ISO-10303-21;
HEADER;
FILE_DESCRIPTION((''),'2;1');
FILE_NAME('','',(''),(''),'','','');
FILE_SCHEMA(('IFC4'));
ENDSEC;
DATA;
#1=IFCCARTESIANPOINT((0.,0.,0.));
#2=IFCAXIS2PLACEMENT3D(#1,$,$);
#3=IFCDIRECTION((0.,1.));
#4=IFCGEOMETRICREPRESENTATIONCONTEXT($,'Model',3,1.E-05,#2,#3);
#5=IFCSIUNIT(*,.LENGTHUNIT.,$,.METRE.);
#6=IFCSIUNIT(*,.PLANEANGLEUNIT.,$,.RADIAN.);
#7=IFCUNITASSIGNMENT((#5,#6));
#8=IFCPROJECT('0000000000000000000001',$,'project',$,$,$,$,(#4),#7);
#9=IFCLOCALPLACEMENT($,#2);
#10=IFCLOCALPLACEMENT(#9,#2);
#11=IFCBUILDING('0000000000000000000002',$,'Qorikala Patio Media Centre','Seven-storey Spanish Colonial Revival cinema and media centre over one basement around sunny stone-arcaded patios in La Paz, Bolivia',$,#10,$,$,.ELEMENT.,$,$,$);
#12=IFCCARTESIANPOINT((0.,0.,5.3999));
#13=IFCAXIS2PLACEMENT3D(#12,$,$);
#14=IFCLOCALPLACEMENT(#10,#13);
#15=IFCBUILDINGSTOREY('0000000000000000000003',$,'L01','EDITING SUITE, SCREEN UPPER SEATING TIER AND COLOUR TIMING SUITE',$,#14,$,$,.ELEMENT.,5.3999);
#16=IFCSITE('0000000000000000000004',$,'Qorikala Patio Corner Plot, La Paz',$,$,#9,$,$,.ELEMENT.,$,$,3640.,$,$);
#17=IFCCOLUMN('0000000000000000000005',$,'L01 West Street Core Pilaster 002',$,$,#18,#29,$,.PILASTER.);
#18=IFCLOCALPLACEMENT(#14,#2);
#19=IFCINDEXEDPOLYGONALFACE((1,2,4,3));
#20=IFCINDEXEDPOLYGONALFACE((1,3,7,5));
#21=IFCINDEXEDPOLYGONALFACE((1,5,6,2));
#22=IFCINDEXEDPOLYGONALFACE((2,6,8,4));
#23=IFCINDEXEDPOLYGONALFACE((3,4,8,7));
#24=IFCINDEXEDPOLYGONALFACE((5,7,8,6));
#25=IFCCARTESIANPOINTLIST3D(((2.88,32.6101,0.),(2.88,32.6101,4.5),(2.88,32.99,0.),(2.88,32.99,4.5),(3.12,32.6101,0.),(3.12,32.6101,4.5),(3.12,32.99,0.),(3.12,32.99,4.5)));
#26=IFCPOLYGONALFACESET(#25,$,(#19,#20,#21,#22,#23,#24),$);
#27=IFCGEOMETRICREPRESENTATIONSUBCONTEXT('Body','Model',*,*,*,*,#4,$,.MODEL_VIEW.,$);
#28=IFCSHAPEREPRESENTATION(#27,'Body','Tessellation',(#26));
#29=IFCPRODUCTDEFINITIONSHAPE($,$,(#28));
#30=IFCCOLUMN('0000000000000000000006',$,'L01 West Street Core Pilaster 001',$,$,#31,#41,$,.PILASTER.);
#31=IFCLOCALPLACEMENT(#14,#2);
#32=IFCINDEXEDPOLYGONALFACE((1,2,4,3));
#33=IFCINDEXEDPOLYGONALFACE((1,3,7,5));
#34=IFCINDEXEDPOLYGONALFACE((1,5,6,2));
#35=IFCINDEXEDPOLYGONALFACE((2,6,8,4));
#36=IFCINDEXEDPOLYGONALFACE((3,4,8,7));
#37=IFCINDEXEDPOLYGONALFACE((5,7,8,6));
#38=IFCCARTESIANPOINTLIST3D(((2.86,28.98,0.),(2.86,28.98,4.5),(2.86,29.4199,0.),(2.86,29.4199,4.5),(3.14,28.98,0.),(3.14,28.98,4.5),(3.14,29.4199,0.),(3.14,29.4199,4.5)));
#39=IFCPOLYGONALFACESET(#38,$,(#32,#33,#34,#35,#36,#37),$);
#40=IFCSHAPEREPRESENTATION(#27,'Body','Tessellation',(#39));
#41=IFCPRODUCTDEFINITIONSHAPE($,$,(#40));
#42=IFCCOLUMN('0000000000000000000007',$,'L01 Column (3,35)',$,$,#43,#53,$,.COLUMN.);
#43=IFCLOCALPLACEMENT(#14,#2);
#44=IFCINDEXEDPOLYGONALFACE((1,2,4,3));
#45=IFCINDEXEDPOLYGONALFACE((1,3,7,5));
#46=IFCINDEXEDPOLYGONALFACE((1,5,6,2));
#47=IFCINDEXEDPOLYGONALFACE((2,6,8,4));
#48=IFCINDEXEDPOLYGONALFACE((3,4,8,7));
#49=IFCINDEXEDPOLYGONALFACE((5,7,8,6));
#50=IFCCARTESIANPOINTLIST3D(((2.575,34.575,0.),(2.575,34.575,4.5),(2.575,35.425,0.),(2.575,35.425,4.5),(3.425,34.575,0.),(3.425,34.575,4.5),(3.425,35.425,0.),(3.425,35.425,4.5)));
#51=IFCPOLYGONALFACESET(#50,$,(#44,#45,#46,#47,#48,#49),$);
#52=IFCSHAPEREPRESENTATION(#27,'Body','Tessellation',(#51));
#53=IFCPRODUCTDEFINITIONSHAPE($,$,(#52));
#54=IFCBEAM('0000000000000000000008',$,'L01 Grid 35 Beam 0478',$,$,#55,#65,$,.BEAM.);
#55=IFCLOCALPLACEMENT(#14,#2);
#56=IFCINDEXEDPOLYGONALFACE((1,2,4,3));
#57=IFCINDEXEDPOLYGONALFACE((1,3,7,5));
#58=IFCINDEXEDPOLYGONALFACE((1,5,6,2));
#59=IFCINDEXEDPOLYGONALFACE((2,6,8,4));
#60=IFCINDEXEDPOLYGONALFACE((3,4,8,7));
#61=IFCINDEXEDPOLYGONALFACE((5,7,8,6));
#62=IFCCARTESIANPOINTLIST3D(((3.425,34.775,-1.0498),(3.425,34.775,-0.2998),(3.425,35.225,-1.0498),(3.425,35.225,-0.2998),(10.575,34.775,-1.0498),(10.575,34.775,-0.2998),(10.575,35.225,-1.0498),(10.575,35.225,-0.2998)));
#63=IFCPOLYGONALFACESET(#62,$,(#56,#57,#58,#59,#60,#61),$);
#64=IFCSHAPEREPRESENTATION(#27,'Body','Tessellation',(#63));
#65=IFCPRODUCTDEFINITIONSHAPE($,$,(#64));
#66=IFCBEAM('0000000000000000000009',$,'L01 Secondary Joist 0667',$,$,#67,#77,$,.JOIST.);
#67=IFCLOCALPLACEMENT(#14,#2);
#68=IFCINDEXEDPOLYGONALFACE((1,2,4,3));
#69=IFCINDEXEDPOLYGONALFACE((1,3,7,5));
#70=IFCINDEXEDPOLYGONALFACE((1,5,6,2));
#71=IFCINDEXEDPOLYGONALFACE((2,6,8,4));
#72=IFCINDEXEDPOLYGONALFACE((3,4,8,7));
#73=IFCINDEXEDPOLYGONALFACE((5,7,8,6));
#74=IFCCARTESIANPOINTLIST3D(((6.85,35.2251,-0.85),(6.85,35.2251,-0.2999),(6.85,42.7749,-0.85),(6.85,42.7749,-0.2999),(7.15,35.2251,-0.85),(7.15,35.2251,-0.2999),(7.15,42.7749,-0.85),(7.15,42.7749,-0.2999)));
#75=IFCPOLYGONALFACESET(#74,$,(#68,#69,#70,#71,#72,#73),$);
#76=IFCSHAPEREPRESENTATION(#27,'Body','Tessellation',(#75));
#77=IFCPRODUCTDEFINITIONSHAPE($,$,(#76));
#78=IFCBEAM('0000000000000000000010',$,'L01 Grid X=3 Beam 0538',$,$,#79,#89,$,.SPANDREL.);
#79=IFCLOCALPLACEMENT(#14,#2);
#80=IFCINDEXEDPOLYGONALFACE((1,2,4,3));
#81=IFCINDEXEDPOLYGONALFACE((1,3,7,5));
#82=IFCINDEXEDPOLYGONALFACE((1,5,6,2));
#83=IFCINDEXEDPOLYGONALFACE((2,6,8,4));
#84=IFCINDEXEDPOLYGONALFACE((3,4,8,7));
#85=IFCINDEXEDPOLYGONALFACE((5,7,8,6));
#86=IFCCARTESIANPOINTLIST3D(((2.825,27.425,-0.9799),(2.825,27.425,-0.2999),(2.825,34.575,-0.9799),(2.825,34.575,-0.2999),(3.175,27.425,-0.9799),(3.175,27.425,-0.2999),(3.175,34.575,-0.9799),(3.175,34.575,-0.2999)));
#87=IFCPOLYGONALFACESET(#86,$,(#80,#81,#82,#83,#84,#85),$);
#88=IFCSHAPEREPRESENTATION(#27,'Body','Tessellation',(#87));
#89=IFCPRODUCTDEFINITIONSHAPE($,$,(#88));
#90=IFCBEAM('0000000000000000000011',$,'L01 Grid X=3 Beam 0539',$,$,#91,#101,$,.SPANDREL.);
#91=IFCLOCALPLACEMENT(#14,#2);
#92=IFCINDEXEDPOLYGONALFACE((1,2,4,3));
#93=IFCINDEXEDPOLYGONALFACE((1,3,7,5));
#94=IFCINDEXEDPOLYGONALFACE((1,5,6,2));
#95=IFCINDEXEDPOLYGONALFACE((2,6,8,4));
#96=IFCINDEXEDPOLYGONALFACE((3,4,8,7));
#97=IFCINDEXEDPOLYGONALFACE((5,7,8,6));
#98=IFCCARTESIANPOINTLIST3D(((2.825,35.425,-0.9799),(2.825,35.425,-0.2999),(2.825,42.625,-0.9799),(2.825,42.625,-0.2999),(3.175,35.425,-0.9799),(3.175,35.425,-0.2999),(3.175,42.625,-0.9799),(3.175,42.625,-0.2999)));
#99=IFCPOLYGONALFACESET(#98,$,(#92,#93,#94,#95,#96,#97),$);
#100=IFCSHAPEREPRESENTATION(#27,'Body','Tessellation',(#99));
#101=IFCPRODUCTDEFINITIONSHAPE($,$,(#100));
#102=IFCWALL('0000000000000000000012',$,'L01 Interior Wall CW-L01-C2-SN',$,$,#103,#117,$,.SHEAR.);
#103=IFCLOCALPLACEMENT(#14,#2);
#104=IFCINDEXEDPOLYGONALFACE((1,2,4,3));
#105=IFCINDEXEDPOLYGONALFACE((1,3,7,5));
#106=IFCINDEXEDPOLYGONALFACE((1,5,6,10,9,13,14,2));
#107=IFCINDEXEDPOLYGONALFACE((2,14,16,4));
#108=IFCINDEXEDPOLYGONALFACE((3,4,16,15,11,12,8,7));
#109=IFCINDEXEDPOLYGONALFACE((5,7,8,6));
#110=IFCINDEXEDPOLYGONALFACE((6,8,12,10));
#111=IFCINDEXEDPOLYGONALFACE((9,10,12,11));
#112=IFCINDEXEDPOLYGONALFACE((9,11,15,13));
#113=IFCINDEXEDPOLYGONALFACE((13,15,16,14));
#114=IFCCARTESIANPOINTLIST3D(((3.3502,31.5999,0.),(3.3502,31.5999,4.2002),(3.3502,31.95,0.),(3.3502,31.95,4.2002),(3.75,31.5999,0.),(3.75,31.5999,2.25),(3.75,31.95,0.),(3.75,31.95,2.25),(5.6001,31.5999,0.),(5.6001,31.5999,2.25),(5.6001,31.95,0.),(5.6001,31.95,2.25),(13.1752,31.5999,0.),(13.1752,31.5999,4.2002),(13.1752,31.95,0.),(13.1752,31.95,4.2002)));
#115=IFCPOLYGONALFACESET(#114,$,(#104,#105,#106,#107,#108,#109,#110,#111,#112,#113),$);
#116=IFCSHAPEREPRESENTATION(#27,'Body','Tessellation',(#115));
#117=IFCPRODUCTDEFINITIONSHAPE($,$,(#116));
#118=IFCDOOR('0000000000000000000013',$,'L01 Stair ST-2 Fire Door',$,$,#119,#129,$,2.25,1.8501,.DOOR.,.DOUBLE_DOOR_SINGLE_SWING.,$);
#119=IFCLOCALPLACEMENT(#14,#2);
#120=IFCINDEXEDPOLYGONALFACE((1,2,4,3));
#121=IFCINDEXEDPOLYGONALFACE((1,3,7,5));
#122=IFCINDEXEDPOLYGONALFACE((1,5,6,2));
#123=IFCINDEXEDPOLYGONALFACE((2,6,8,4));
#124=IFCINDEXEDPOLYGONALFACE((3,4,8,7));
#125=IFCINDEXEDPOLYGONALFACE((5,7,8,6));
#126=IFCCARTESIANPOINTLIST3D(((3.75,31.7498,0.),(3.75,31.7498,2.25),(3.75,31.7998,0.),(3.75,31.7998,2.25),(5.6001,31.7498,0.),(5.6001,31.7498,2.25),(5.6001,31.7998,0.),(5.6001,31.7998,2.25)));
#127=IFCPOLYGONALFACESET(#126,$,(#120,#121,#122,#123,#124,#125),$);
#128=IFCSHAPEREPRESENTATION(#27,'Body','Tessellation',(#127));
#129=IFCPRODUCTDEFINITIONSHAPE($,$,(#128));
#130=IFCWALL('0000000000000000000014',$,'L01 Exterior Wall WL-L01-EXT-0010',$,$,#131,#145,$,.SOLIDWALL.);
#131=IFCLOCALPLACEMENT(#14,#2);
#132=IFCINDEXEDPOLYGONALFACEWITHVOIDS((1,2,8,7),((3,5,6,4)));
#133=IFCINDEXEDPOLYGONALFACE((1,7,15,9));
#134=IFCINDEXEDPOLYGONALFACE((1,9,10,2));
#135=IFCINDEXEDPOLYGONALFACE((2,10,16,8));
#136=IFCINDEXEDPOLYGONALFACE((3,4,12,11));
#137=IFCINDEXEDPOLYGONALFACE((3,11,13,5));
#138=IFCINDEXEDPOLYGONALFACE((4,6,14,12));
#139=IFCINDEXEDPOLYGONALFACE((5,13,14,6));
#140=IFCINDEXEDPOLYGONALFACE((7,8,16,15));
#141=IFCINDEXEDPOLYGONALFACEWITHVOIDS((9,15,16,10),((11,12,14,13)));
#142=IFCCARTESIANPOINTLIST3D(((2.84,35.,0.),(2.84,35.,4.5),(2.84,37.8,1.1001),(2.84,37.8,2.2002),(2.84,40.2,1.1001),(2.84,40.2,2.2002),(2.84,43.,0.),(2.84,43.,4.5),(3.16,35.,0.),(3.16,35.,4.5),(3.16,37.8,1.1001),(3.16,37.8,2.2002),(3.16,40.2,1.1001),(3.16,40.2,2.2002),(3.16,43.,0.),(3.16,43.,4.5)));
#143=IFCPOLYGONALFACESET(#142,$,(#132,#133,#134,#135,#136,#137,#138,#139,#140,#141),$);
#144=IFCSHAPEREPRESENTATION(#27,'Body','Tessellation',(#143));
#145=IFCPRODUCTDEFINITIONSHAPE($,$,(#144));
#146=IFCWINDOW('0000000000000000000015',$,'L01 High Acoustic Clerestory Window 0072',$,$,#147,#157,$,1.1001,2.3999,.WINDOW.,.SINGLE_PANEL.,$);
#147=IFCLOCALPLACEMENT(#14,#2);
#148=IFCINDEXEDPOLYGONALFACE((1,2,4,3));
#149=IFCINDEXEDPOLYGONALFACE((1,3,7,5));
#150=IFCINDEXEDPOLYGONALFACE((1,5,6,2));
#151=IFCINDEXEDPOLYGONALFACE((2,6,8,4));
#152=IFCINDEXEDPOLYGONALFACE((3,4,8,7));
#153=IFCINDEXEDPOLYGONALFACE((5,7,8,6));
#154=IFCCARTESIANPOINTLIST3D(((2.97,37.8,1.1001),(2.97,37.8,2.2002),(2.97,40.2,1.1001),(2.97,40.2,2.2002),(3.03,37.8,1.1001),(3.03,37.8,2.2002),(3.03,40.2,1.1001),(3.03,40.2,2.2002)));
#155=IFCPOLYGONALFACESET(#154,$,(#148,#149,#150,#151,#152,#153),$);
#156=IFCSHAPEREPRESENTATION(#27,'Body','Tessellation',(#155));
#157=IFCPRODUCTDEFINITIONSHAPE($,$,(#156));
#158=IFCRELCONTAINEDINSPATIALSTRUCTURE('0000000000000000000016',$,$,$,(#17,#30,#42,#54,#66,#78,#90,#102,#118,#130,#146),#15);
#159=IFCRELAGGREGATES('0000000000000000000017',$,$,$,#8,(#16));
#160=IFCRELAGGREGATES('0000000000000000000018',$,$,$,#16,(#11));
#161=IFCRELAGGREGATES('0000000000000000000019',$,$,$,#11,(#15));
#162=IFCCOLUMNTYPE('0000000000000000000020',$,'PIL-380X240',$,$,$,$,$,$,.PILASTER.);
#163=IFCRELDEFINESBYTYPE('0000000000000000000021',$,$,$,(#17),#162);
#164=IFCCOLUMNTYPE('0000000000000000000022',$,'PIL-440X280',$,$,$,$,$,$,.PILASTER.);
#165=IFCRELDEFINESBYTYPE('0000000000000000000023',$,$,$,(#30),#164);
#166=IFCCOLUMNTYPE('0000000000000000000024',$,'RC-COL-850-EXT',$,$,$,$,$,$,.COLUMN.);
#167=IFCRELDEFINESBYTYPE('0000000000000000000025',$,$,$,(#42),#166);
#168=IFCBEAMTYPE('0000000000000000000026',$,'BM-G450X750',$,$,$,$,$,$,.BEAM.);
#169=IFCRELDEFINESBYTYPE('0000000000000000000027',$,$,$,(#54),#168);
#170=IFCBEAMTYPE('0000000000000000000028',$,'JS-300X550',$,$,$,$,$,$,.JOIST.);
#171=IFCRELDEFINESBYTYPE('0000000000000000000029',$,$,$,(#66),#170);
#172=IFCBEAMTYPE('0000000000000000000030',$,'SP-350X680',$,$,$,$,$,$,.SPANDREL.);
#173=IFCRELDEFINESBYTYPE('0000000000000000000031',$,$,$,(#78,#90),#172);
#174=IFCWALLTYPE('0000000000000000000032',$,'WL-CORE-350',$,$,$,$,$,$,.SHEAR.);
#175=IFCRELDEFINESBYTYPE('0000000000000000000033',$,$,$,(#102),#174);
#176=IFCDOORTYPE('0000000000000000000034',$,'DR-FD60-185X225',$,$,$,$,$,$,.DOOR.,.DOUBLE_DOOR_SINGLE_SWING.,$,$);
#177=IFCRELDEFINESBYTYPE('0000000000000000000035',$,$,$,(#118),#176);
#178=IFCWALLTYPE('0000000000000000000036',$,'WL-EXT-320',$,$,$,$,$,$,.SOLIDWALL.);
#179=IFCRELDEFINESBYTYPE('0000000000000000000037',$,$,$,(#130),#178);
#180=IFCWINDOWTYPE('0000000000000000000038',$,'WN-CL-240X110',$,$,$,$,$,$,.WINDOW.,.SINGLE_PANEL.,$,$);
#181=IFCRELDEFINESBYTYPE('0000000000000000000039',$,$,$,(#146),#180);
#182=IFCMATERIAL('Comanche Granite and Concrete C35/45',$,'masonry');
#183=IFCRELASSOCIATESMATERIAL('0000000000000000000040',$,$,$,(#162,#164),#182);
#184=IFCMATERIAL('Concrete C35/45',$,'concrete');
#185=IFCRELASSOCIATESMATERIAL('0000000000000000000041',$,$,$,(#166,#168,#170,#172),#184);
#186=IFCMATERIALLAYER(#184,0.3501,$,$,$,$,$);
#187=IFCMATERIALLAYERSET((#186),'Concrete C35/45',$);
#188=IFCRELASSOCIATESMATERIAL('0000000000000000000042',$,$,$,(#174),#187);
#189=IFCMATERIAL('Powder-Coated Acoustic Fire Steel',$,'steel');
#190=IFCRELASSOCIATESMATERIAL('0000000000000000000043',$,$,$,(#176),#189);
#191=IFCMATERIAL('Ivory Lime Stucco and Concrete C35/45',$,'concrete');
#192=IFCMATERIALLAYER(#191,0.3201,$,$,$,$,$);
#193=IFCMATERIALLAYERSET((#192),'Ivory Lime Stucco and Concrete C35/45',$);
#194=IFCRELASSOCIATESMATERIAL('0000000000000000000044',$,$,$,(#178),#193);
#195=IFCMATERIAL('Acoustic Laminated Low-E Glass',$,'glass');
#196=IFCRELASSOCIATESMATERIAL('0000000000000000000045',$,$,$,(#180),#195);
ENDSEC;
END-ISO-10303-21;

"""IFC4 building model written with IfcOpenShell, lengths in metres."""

from ifc_helpers import new_model, si_unit, direction, frame, frame_2d, origin, origin_2d, place, context, subcontext, project, spatial, rectangle, extrude, material, layer, layer_set, material_profile, profile_set, type_object, element, fill, save


model = new_model("IFC4")

# Units and contexts
model_context = context("Model", 3, precision=1e-05, world=origin(), true_north=direction((0.0, 1.0)))
body_context = subcontext(model_context, "Body", "Model", "MODEL_VIEW")
ifc_project = project(units=[si_unit("LENGTHUNIT", "METRE"), si_unit("PLANEANGLEUNIT", "RADIAN")], contexts=[model_context])

# Site, building, storey
site_placement = place(None, origin())
site = spatial("IfcSite", under=ifc_project, at=site_placement, Name="Qorikala Patio Corner Plot, La Paz", CompositionType="ELEMENT", RefElevation=3640.0)
building_placement = place(site_placement, origin())
building = spatial("IfcBuilding", under=site, at=building_placement, Name="Qorikala Patio Media Centre", Description="Seven-storey Spanish Colonial Revival cinema and media centre over one basement around sunny stone-arcaded patios in La Paz, Bolivia", CompositionType="ELEMENT")
storey_placement = place(building_placement, frame((0.0, 0.0, 5.3999)))
storey = spatial("IfcBuildingStorey", under=building, at=storey_placement, Name="L01", Description="EDITING SUITE, SCREEN UPPER SEATING TIER AND COLOUR TIMING SUITE", CompositionType="ELEMENT", Elevation=5.3999)

# Columns
ifc_material_1 = material(Name="Comanche Granite and Concrete C35/45", Category="masonry")
ifc_material_profile_1 = material_profile(ifc_material_1, rectangle(XDim=0.3799, YDim=0.24, at=origin_2d()), Name="PIL 380x240")
ifc_profile_set_1 = profile_set([ifc_material_profile_1], Name="Comanche Granite and Concrete C35/45")
column_type_1 = type_object("IfcColumnType", Name="PIL-380X240", PredefinedType="PILASTER", material=ifc_profile_set_1)
column_1_placement = place(storey_placement, frame((3.0, 32.8, 0.0), z_axis=(0.0, 0.0, 1.0), x_axis=(0.0, 1.0, 0.0)))
element("IfcColumn", 1, at=column_1_placement, inside=storey, type_object=column_type_1, Name="L01 West Street Core Pilaster 002", PredefinedType="PILASTER", context=body_context, shape_type="SweptSolid", body=[
    extrude(rectangle(XDim=0.3799, YDim=0.24, at=origin_2d()), origin(), (0.0, 0.0, 1.0), 4.5),
])
ifc_material_profile_2 = material_profile(ifc_material_1, rectangle(XDim=0.4399, YDim=0.28, at=origin_2d()), Name="PIL 440x280")
ifc_profile_set_2 = profile_set([ifc_material_profile_2], Name="Comanche Granite and Concrete C35/45")
column_type_2 = type_object("IfcColumnType", Name="PIL-440X280", PredefinedType="PILASTER", material=ifc_profile_set_2)
column_2_placement = place(storey_placement, frame((3.0, 29.2, 0.0), z_axis=(0.0, 0.0, 1.0), x_axis=(0.0, 1.0, 0.0)))
element("IfcColumn", 2, at=column_2_placement, inside=storey, type_object=column_type_2, Name="L01 West Street Core Pilaster 001", PredefinedType="PILASTER", context=body_context, shape_type="SweptSolid", body=[
    extrude(rectangle(XDim=0.4399, YDim=0.28, at=origin_2d()), origin(), (0.0, 0.0, 1.0), 4.5),
])
ifc_material_2 = material(Name="Concrete C35/45", Category="concrete")
ifc_material_profile_3 = material_profile(ifc_material_2, rectangle(XDim=0.8501, YDim=0.8501, at=origin_2d()), Name="RC 850x850")
ifc_profile_set_3 = profile_set([ifc_material_profile_3], Name="Concrete C35/45")
column_type_3 = type_object("IfcColumnType", Name="RC-COL-850-EXT", PredefinedType="COLUMN", material=ifc_profile_set_3)
column_3_placement = place(storey_placement, frame((3.0, 35.0, 0.0), z_axis=(0.0, 0.0, 1.0), x_axis=(1.0, 0.0, 0.0)))
element("IfcColumn", 3, at=column_3_placement, inside=storey, type_object=column_type_3, Name="L01 Column (3,35)", PredefinedType="COLUMN", context=body_context, shape_type="SweptSolid", body=[
    extrude(rectangle(XDim=0.8501, YDim=0.8501, at=origin_2d()), origin(), (0.0, 0.0, 1.0), 4.5),
])

# Beams
ifc_material_profile_4 = material_profile(ifc_material_2, rectangle(XDim=0.45, YDim=0.75, at=origin_2d()), Name="RC 450x750")
ifc_profile_set_4 = profile_set([ifc_material_profile_4], Name="Concrete C35/45")
beam_type_1 = type_object("IfcBeamType", Name="BM-G450X750", PredefinedType="BEAM", material=ifc_profile_set_4)
beam_1_placement = place(storey_placement, frame((3.425, 35.0, -0.6748), z_axis=(1.0, 0.0, 0.0), x_axis=(0.0, 1.0, 0.0)))
element("IfcBeam", 4, at=beam_1_placement, inside=storey, type_object=beam_type_1, Name="L01 Grid 35 Beam 0478", PredefinedType="BEAM", context=body_context, shape_type="SweptSolid", body=[
    extrude(rectangle(XDim=0.45, YDim=0.75, at=origin_2d()), origin(), (0.0, 0.0, 1.0), 7.1499),
])
ifc_material_profile_5 = material_profile(ifc_material_2, rectangle(XDim=0.3, YDim=0.55, at=origin_2d()), Name="RC 300x550")
ifc_profile_set_5 = profile_set([ifc_material_profile_5], Name="Concrete C35/45")
beam_type_2 = type_object("IfcBeamType", Name="JS-300X550", PredefinedType="JOIST", material=ifc_profile_set_5)
beam_2_placement = place(storey_placement, frame((7.0, 35.2251, -0.575), z_axis=(0.0, 1.0, 0.0), x_axis=(-1.0, 0.0, 0.0)))
element("IfcBeam", 5, at=beam_2_placement, inside=storey, type_object=beam_type_2, Name="L01 Secondary Joist 0667", PredefinedType="JOIST", context=body_context, shape_type="SweptSolid", body=[
    extrude(rectangle(XDim=0.3, YDim=0.55, at=origin_2d()), origin(), (0.0, 0.0, 1.0), 7.5498),
])
ifc_material_profile_6 = material_profile(ifc_material_2, rectangle(XDim=0.3501, YDim=0.6799, at=origin_2d()), Name="RC 350x680")
ifc_profile_set_6 = profile_set([ifc_material_profile_6], Name="Concrete C35/45")
beam_type_3 = type_object("IfcBeamType", Name="SP-350X680", PredefinedType="SPANDREL", material=ifc_profile_set_6)
beam_3_placement = place(storey_placement, frame((3.0, 27.425, -0.6399), z_axis=(0.0, 1.0, 0.0), x_axis=(-1.0, 0.0, 0.0)))
element("IfcBeam", 6, at=beam_3_placement, inside=storey, type_object=beam_type_3, Name="L01 Grid X=3 Beam 0538", PredefinedType="SPANDREL", context=body_context, shape_type="SweptSolid", body=[
    extrude(rectangle(XDim=0.3501, YDim=0.6799, at=origin_2d()), origin(), (0.0, 0.0, 1.0), 7.1499),
])
beam_4_placement = place(storey_placement, frame((3.0, 35.425, -0.6399), z_axis=(0.0, 1.0, 0.0), x_axis=(-1.0, 0.0, 0.0)))
element("IfcBeam", 7, at=beam_4_placement, inside=storey, type_object=beam_type_3, Name="L01 Grid X=3 Beam 0539", PredefinedType="SPANDREL", context=body_context, shape_type="SweptSolid", body=[
    extrude(rectangle(XDim=0.3501, YDim=0.6799, at=origin_2d()), origin(), (0.0, 0.0, 1.0), 7.2),
])

# Wall, opening, door
ifc_layer_1 = layer(ifc_material_2, 0.3501)
ifc_layer_set_1 = layer_set([ifc_layer_1], Name="Concrete C35/45")
wall_type_1 = type_object("IfcWallType", Name="WL-CORE-350", PredefinedType="SHEAR", material=ifc_layer_set_1)
wall_1_placement = place(storey_placement, frame((3.3501, 31.7749, 0.0), z_axis=(0.0, 0.0, 1.0), x_axis=(1.0, 0.0, 0.0)))
wall_1 = element("IfcWall", 8, at=wall_1_placement, inside=storey, type_object=wall_type_1, Name="L01 Interior Wall CW-L01-C2-SN", PredefinedType="SHEAR", context=body_context, shape_type="SweptSolid", body=[
    extrude(rectangle(XDim=9.825, YDim=0.3501, at=frame_2d((4.9126, 0.0))), origin(), (0.0, 0.0, 1.0), 4.2002),
])
opening_1_placement = place(wall_1_placement, frame((0.3999, 0.0, 0.0)))
opening_1 = element("IfcOpeningElement", 9, at=opening_1_placement, cuts=wall_1, PredefinedType="OPENING", context=body_context, shape_type="SweptSolid", body=[
    extrude(rectangle(XDim=1.8501, YDim=2.25, at=frame_2d((0.925, 1.125))), frame((0.0, 0.1851, 0.0), z_axis=(0.0, -1.0, 0.0), x_axis=(1.0, 0.0, 0.0)), (0.0, 0.0, 1.0), 0.3701),
])
ifc_material_3 = material(Name="Powder-Coated Acoustic Fire Steel", Category="steel")
door_type_1 = type_object("IfcDoorType", Name="DR-FD60-185X225", OperationType="DOUBLE_DOOR_SINGLE_SWING", PredefinedType="DOOR", material=ifc_material_3)
door_1_placement = place(opening_1_placement, origin())
door_1 = element("IfcDoor", 10, at=door_1_placement, inside=storey, type_object=door_type_1, Name="L01 Stair ST-2 Fire Door", OperationType="DOUBLE_DOOR_SINGLE_SWING", OverallHeight=2.25, OverallWidth=1.8501, PredefinedType="DOOR", context=body_context, shape_type="SweptSolid", body=[
    extrude(rectangle(XDim=1.8501, YDim=2.25, at=frame_2d((0.925, 1.125))), frame((0.0, 0.0249, 0.0), z_axis=(0.0, -1.0, 0.0), x_axis=(1.0, 0.0, 0.0)), (0.0, 0.0, 1.0), 0.05),
])
fill(opening_1, door_1)

# Wall, opening, window
ifc_material_4 = material(Name="Ivory Lime Stucco and Concrete C35/45", Category="concrete")
ifc_layer_2 = layer(ifc_material_4, 0.3201)
ifc_layer_set_2 = layer_set([ifc_layer_2], Name="Ivory Lime Stucco and Concrete C35/45")
wall_type_2 = type_object("IfcWallType", Name="WL-EXT-320", PredefinedType="SOLIDWALL", material=ifc_layer_set_2)
wall_2_placement = place(storey_placement, frame((3.0, 35.0, 0.0), z_axis=(0.0, 0.0, 1.0), x_axis=(0.0, 1.0, 0.0)))
wall_2 = element("IfcWall", 11, at=wall_2_placement, inside=storey, type_object=wall_type_2, Name="L01 Exterior Wall WL-L01-EXT-0010", PredefinedType="SOLIDWALL", context=body_context, shape_type="SweptSolid", body=[
    extrude(rectangle(XDim=8.0, YDim=0.3201, at=frame_2d((4.0, 0.0))), origin(), (0.0, 0.0, 1.0), 4.5),
])
opening_2_placement = place(wall_2_placement, frame((2.8, 0.0, 1.1001)))
opening_2 = element("IfcOpeningElement", 12, at=opening_2_placement, cuts=wall_2, PredefinedType="OPENING", context=body_context, shape_type="SweptSolid", body=[
    extrude(rectangle(XDim=2.3999, YDim=1.1001, at=frame_2d((1.2, 0.55))), frame((0.0, 0.1699, 0.0), z_axis=(0.0, -1.0, 0.0), x_axis=(1.0, 0.0, 0.0)), (0.0, 0.0, 1.0), 0.3401),
])
ifc_material_5 = material(Name="Acoustic Laminated Low-E Glass", Category="glass")
window_type = type_object("IfcWindowType", Name="WN-CL-240X110", PartitioningType="SINGLE_PANEL", PredefinedType="WINDOW", material=ifc_material_5)
window_placement = place(opening_2_placement, origin())
window = element("IfcWindow", 13, at=window_placement, inside=storey, type_object=window_type, Name="L01 High Acoustic Clerestory Window 0072", OverallHeight=1.1001, OverallWidth=2.3999, PartitioningType="SINGLE_PANEL", PredefinedType="WINDOW", context=body_context, shape_type="SweptSolid", body=[
    extrude(rectangle(XDim=2.3999, YDim=1.1001, at=frame_2d((1.2, 0.55))), frame((0.0, 0.03, 0.0), z_axis=(0.0, -1.0, 0.0), x_axis=(1.0, 0.0, 0.0)), (0.0, 0.0, 1.0), 0.0601),
])
fill(opening_2, window)

save(model, "model.ifc")
